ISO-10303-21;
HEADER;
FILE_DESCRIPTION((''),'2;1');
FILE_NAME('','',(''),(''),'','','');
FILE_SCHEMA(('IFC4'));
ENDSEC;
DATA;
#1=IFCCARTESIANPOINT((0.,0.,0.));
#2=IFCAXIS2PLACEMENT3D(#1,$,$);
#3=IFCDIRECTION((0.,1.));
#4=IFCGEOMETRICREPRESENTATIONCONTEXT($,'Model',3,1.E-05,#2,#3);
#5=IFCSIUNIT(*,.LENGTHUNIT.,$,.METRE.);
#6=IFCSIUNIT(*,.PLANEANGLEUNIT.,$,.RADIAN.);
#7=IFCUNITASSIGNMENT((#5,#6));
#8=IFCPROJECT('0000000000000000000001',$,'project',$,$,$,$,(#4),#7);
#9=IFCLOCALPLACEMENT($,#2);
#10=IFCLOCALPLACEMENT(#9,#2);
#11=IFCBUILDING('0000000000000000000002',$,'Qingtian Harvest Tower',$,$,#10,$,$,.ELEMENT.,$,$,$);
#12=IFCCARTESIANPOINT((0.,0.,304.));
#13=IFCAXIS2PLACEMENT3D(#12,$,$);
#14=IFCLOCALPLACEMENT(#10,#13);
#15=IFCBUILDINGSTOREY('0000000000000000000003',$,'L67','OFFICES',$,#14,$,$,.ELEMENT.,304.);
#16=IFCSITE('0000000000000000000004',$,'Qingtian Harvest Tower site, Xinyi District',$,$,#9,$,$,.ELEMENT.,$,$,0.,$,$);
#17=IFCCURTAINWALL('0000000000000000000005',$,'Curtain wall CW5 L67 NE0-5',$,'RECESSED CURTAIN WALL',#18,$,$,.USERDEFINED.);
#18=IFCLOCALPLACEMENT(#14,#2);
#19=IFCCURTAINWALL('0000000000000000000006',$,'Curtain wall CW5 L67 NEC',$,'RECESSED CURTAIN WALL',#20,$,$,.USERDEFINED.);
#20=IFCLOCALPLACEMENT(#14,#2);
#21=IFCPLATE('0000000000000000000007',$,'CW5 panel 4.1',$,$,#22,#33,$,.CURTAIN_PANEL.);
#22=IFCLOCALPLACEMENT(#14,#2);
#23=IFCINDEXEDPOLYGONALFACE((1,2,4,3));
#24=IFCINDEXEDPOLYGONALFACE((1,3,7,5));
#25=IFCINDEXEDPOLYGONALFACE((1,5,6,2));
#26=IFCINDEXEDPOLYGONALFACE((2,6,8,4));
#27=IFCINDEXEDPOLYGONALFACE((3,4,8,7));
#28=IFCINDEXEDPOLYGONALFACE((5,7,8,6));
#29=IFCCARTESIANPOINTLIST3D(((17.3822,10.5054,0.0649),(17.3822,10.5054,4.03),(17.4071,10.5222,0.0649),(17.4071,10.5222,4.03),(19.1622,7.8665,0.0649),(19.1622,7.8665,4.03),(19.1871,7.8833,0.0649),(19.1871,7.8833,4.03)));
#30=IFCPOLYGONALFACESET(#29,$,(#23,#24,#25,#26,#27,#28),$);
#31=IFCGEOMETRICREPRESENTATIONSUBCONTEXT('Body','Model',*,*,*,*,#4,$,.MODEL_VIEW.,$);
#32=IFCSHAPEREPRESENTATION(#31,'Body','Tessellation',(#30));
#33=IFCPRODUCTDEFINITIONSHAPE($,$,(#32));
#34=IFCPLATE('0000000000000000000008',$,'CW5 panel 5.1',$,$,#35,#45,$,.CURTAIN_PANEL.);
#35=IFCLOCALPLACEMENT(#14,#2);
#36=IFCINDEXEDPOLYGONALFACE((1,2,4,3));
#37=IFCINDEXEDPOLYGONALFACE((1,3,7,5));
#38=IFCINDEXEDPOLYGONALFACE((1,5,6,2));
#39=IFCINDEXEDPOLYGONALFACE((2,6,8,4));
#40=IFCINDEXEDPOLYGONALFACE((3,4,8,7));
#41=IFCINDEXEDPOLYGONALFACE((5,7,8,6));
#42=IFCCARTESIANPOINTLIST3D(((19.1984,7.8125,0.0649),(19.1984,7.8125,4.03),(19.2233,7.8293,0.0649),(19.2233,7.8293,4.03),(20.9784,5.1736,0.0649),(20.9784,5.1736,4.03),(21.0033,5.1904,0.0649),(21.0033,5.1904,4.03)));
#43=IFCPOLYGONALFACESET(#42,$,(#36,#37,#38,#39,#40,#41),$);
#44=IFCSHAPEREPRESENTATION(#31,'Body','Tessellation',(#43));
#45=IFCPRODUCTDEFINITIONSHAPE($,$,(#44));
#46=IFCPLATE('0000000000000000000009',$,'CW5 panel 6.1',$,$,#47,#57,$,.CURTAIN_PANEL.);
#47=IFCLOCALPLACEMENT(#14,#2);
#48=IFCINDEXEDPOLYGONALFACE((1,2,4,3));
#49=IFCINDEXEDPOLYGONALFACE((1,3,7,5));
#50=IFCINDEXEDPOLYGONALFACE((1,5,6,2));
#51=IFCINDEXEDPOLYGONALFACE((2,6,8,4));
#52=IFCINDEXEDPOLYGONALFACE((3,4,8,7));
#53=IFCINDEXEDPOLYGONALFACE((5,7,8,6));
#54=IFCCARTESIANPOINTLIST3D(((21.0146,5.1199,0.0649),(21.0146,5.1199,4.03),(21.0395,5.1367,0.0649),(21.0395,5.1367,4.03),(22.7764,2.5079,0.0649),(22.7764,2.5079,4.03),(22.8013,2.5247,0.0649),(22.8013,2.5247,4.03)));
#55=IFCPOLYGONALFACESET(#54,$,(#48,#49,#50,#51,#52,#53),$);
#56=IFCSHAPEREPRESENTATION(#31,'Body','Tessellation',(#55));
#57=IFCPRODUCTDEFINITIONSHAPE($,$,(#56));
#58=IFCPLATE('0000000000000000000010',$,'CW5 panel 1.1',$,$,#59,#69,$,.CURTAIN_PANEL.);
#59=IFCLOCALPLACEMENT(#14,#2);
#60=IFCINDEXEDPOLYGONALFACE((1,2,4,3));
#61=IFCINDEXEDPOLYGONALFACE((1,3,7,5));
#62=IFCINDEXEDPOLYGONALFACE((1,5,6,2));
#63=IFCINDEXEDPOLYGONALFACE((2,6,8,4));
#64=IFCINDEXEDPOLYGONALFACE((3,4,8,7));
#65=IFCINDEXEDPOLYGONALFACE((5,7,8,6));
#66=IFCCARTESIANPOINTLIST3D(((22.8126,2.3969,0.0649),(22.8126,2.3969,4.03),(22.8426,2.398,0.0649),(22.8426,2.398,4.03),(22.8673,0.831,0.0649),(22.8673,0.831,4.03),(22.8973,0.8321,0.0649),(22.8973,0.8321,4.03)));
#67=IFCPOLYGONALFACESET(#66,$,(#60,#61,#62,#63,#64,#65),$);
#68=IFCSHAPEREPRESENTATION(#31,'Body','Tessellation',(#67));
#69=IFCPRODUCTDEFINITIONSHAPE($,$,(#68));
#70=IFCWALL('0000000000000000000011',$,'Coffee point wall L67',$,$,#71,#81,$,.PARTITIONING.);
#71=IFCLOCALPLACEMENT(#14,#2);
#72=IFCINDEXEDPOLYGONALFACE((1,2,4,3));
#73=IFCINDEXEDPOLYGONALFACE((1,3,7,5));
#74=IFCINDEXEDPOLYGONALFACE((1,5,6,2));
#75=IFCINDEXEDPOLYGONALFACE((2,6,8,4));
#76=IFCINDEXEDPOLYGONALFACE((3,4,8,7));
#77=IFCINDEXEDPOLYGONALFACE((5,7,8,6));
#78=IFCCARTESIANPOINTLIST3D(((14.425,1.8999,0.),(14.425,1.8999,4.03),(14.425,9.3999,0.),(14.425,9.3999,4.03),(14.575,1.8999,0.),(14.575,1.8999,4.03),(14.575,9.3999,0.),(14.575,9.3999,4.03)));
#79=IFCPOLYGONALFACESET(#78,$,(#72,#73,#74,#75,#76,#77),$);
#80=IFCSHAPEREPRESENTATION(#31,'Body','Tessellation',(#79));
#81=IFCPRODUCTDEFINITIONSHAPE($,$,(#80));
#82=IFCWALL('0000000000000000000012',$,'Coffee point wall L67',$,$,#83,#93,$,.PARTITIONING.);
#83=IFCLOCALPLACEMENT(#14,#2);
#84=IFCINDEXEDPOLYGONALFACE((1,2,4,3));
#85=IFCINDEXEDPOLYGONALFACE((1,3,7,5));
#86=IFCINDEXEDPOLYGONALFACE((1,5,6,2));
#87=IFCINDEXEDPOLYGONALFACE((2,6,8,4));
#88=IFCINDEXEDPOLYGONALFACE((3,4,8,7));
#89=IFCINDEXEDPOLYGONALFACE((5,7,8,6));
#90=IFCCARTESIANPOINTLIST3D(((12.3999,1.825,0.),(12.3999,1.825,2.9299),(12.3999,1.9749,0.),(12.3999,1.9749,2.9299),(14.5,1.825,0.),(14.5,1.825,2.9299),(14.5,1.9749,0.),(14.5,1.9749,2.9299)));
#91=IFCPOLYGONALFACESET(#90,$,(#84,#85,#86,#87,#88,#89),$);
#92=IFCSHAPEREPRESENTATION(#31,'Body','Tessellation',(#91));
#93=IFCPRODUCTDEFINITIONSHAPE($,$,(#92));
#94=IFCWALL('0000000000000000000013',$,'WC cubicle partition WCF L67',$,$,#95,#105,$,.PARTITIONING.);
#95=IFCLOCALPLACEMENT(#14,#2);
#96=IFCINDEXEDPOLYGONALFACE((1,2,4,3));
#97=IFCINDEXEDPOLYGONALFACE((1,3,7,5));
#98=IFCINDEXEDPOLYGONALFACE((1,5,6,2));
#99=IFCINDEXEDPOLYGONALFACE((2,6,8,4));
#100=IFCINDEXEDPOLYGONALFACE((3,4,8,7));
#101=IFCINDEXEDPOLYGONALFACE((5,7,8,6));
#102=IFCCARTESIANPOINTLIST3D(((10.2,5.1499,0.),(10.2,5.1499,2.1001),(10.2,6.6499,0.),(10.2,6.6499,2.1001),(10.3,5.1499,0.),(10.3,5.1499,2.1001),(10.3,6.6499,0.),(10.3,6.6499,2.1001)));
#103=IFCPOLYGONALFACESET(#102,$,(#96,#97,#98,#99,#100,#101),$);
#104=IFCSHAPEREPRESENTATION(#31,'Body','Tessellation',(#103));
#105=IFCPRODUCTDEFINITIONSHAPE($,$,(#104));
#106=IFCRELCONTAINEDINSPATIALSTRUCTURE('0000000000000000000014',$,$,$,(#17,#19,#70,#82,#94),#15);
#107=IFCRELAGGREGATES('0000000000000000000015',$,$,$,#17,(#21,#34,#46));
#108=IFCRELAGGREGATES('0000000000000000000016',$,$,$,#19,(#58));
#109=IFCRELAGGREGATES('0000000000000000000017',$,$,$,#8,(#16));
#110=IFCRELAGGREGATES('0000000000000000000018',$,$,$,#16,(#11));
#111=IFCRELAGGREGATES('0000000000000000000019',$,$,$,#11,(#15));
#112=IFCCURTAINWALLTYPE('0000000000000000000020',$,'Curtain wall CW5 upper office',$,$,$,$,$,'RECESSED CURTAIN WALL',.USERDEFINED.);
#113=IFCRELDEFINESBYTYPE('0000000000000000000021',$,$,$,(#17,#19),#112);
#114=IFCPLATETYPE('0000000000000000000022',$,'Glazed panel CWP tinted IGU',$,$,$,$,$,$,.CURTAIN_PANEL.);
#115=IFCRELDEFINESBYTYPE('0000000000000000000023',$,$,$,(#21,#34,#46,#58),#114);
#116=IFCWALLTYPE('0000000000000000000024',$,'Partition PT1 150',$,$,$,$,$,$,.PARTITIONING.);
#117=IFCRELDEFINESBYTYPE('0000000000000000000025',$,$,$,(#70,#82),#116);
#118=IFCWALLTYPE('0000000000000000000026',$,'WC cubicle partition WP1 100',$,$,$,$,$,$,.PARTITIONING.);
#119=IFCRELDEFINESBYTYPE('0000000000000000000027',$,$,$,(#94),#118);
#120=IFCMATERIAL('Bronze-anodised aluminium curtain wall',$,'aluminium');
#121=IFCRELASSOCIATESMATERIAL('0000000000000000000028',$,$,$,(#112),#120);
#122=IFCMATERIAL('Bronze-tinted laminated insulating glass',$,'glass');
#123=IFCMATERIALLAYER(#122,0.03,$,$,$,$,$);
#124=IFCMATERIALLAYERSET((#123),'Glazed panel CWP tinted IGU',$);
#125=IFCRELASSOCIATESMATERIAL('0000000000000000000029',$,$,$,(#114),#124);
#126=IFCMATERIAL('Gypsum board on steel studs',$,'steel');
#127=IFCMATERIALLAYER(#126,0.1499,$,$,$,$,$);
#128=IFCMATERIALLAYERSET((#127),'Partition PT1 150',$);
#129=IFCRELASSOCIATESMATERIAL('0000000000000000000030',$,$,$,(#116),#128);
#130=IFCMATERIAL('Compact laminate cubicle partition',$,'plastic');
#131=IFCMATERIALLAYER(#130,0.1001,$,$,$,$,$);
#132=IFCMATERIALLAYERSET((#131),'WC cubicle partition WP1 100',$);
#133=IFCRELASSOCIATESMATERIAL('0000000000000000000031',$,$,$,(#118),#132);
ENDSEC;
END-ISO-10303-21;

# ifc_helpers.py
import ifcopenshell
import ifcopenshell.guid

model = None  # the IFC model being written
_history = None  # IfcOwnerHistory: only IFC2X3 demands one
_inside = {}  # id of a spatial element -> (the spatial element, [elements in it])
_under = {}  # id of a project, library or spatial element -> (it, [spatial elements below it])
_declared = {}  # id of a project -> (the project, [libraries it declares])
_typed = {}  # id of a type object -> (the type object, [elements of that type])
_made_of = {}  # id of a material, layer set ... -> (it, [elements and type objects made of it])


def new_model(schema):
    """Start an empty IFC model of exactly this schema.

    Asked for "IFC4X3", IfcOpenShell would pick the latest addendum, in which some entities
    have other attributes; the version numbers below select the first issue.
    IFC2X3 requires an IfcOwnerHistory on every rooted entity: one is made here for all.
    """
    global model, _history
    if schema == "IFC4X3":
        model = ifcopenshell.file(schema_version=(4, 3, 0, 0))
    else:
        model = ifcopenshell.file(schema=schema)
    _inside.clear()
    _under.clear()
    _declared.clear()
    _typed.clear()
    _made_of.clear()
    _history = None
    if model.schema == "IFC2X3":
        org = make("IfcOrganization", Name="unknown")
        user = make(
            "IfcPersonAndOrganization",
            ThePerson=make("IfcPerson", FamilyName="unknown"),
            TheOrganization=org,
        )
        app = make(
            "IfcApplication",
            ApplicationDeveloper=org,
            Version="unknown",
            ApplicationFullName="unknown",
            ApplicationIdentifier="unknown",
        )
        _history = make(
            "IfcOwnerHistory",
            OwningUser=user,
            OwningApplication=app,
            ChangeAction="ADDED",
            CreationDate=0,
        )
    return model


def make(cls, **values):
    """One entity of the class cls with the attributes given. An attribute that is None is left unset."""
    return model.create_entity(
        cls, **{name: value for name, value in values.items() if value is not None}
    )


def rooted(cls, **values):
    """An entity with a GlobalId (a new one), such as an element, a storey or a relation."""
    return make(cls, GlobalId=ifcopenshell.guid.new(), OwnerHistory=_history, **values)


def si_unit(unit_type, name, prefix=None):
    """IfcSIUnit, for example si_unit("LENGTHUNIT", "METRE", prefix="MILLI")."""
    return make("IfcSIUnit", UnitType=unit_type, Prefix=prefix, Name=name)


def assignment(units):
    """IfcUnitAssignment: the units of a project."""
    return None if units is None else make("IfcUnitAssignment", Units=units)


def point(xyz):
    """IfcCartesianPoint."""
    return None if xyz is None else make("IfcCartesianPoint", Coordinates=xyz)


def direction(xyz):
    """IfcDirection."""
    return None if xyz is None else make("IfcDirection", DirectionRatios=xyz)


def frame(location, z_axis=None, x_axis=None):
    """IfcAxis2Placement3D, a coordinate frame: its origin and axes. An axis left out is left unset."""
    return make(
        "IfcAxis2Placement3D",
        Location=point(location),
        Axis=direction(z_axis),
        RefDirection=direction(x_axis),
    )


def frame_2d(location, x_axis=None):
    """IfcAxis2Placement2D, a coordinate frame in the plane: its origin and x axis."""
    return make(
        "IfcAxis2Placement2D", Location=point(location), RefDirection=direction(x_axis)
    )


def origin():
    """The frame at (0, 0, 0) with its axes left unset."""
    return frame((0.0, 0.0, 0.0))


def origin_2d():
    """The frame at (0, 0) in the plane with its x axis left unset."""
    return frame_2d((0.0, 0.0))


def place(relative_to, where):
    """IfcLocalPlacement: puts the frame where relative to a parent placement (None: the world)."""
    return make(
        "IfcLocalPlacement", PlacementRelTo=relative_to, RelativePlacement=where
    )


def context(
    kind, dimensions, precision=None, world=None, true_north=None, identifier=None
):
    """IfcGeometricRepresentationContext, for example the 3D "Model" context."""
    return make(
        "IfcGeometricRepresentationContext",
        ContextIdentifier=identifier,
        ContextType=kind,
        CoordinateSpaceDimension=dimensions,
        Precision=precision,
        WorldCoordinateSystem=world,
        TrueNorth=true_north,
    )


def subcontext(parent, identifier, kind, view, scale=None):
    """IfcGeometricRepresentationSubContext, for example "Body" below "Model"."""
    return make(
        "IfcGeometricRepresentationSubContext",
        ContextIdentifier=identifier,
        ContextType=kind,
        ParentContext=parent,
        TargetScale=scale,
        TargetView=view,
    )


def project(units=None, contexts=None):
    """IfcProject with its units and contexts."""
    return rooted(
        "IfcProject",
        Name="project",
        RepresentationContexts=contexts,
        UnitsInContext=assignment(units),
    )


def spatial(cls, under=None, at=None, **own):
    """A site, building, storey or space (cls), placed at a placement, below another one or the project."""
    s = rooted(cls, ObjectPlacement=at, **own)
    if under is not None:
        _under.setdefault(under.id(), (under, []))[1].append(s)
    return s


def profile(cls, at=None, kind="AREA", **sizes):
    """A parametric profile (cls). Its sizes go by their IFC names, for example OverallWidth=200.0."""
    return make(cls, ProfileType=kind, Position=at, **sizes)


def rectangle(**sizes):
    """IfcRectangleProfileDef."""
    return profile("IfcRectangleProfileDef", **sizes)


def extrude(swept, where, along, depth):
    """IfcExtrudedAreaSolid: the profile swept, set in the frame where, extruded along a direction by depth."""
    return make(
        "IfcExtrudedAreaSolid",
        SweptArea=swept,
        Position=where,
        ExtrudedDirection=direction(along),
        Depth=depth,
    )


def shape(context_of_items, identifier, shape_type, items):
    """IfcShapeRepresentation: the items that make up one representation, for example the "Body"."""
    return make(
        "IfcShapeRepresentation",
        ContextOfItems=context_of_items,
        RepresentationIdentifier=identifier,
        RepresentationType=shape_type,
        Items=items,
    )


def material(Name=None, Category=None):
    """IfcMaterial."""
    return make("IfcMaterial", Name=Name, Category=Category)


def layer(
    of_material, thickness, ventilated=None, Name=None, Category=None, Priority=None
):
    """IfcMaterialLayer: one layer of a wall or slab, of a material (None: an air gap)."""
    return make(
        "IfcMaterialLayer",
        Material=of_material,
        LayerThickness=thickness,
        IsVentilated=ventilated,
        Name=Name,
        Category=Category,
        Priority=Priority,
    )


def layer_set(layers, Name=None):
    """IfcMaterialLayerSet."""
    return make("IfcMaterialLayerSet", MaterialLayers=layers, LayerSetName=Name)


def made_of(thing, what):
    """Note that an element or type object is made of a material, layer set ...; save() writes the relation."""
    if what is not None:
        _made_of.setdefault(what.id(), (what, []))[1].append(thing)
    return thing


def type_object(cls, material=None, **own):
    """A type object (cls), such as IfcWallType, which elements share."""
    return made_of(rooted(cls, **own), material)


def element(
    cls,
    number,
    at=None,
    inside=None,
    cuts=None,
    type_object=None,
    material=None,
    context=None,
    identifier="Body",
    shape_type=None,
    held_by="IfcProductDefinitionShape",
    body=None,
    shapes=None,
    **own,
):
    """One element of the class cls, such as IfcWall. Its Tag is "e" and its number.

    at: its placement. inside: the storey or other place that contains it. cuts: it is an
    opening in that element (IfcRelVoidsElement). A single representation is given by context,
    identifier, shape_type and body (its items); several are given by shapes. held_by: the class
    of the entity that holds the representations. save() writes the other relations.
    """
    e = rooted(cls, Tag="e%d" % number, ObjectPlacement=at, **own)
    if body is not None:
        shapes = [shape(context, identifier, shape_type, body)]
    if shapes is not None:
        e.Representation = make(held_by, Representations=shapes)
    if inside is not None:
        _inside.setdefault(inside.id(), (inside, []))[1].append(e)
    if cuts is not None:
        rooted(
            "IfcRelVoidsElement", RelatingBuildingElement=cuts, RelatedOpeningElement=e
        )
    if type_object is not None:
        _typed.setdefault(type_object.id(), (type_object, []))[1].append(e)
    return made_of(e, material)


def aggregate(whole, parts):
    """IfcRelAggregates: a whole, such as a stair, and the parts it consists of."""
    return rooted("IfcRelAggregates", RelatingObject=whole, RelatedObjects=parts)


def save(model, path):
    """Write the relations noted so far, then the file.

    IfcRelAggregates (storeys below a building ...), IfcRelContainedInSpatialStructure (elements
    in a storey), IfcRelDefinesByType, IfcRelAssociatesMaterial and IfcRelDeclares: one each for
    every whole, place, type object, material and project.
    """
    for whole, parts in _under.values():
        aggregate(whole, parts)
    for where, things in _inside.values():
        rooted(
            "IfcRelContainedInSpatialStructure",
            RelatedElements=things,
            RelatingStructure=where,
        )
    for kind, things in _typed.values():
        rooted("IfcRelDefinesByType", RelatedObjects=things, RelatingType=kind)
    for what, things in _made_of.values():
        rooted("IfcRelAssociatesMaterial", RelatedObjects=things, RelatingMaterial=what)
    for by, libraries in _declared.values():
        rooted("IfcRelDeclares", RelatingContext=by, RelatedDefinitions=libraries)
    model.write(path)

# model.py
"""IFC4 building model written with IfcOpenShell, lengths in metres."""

from ifc_helpers import new_model, si_unit, direction, frame, frame_2d, origin, origin_2d, place, context, subcontext, project, spatial, rectangle, extrude, material, layer, layer_set, type_object, element, aggregate, save


model = new_model("IFC4")

# Units and contexts
model_context = context("Model", 3, precision=1e-05, world=origin(), true_north=direction((0.0, 1.0)))
body_context = subcontext(model_context, "Body", "Model", "MODEL_VIEW")
ifc_project = project(units=[si_unit("LENGTHUNIT", "METRE"), si_unit("PLANEANGLEUNIT", "RADIAN")], contexts=[model_context])

# Site, building, storey
site_placement = place(None, origin())
site = spatial("IfcSite", under=ifc_project, at=site_placement, Name="Qingtian Harvest Tower site, Xinyi District", CompositionType="ELEMENT", RefElevation=0.0)
building_placement = place(site_placement, origin())
building = spatial("IfcBuilding", under=site, at=building_placement, Name="Qingtian Harvest Tower", CompositionType="ELEMENT")
storey_placement = place(building_placement, frame((0.0, 0.0, 304.0)))
storey = spatial("IfcBuildingStorey", under=building, at=storey_placement, Name="L67", Description="OFFICES", CompositionType="ELEMENT", Elevation=304.0)

# Curtain walls
ifc_material_1 = material(Name="Bronze-anodised aluminium curtain wall", Category="aluminium")
curtain_wall_type = type_object("IfcCurtainWallType", Name="Curtain wall CW5 upper office", ElementType="RECESSED CURTAIN WALL", PredefinedType="USERDEFINED", material=ifc_material_1)
curtain_wall_1_placement = place(storey_placement, origin())
curtain_wall_1 = element("IfcCurtainWall", 1, at=curtain_wall_1_placement, inside=storey, type_object=curtain_wall_type, Name="Curtain wall CW5 L67 NE0-5", ObjectType="RECESSED CURTAIN WALL", PredefinedType="USERDEFINED")
curtain_wall_2_placement = place(storey_placement, origin())
curtain_wall_2 = element("IfcCurtainWall", 2, at=curtain_wall_2_placement, inside=storey, type_object=curtain_wall_type, Name="Curtain wall CW5 L67 NEC", ObjectType="RECESSED CURTAIN WALL", PredefinedType="USERDEFINED")

# Plates
ifc_material_2 = material(Name="Bronze-tinted laminated insulating glass", Category="glass")
ifc_layer_1 = layer(ifc_material_2, 0.03)
ifc_layer_set_1 = layer_set([ifc_layer_1], Name="Glazed panel CWP tinted IGU")
plate_type = type_object("IfcPlateType", Name="Glazed panel CWP tinted IGU", PredefinedType="CURTAIN_PANEL", material=ifc_layer_set_1)
plate_1_placement = place(storey_placement, frame((18.2847, 9.1943, 0.0649), z_axis=(0.0, 0.0, 1.0), x_axis=(0.559193, -0.829038, 0.0)))
plate_1 = element("IfcPlate", 3, at=plate_1_placement, type_object=plate_type, Name="CW5 panel 4.1", PredefinedType="CURTAIN_PANEL", context=body_context, shape_type="SweptSolid", body=[
    extrude(rectangle(XDim=3.1831, YDim=0.03, at=origin_2d()), origin(), (0.0, 0.0, 1.0), 3.9651),
])
plate_2_placement = place(storey_placement, frame((20.1008, 6.5015, 0.0649), z_axis=(0.0, 0.0, 1.0), x_axis=(0.559193, -0.829038, 0.0)))
plate_2 = element("IfcPlate", 4, at=plate_2_placement, type_object=plate_type, Name="CW5 panel 5.1", PredefinedType="CURTAIN_PANEL", context=body_context, shape_type="SweptSolid", body=[
    extrude(rectangle(XDim=3.1831, YDim=0.03, at=origin_2d()), origin(), (0.0, 0.0, 1.0), 3.9651),
])
plate_3_placement = place(storey_placement, frame((21.908, 3.8223, 0.0649), z_axis=(0.0, 0.0, 1.0), x_axis=(0.559193, -0.829038, 0.0)))
plate_3 = element("IfcPlate", 5, at=plate_3_placement, type_object=plate_type, Name="CW5 panel 6.1", PredefinedType="CURTAIN_PANEL", context=body_context, shape_type="SweptSolid", body=[
    extrude(rectangle(XDim=3.1506, YDim=0.03, at=origin_2d()), origin(), (0.0, 0.0, 1.0), 3.9651),
])
aggregate(curtain_wall_1, [plate_1, plate_2, plate_3])
plate_4_placement = place(storey_placement, frame((22.855, 1.6145, 0.0649), z_axis=(0.0, 0.0, 1.0), x_axis=(0.034899, -0.999391, 0.0)))
plate_4 = element("IfcPlate", 6, at=plate_4_placement, type_object=plate_type, Name="CW5 panel 1.1", PredefinedType="CURTAIN_PANEL", context=body_context, shape_type="SweptSolid", body=[
    extrude(rectangle(XDim=1.5669, YDim=0.03, at=origin_2d()), origin(), (0.0, 0.0, 1.0), 3.9651),
])
aggregate(curtain_wall_2, [plate_4])

# Walls
ifc_material_3 = material(Name="Gypsum board on steel studs", Category="steel")
ifc_layer_2 = layer(ifc_material_3, 0.1499)
ifc_layer_set_2 = layer_set([ifc_layer_2], Name="Partition PT1 150")
wall_type_1 = type_object("IfcWallType", Name="Partition PT1 150", PredefinedType="PARTITIONING", material=ifc_layer_set_2)
wall_1_placement = place(storey_placement, frame((14.5, 1.8999, 0.0), z_axis=(0.0, 0.0, 1.0), x_axis=(0.0, 1.0, 0.0)))
element("IfcWall", 7, at=wall_1_placement, inside=storey, type_object=wall_type_1, Name="Coffee point wall L67", PredefinedType="PARTITIONING", context=body_context, shape_type="SweptSolid", body=[
    extrude(rectangle(XDim=7.5, YDim=0.1499, at=frame_2d((3.75, 0.0))), origin(), (0.0, 0.0, 1.0), 4.03),
])
wall_2_placement = place(storey_placement, frame((12.3999, 1.8999, 0.0), z_axis=(0.0, 0.0, 1.0), x_axis=(1.0, 0.0, 0.0)))
element("IfcWall", 8, at=wall_2_placement, inside=storey, type_object=wall_type_1, Name="Coffee point wall L67", PredefinedType="PARTITIONING", context=body_context, shape_type="SweptSolid", body=[
    extrude(rectangle(XDim=2.1001, YDim=0.1499, at=frame_2d((1.05, 0.0))), origin(), (0.0, 0.0, 1.0), 2.9299),
])
ifc_material_4 = material(Name="Compact laminate cubicle partition", Category="plastic")
ifc_layer_3 = layer(ifc_material_4, 0.1001)
ifc_layer_set_3 = layer_set([ifc_layer_3], Name="WC cubicle partition WP1 100")
wall_type_2 = type_object("IfcWallType", Name="WC cubicle partition WP1 100", PredefinedType="PARTITIONING", material=ifc_layer_set_3)
wall_3_placement = place(storey_placement, frame((10.25, 5.1499, 0.0), z_axis=(0.0, 0.0, 1.0), x_axis=(0.0, 1.0, 0.0)))
element("IfcWall", 9, at=wall_3_placement, inside=storey, type_object=wall_type_2, Name="WC cubicle partition WCF L67", PredefinedType="PARTITIONING", context=body_context, shape_type="SweptSolid", body=[
    extrude(rectangle(XDim=1.5, YDim=0.1001, at=frame_2d((0.75, 0.0))), origin(), (0.0, 0.0, 1.0), 2.1001),
])

save(model, "model.ifc")
